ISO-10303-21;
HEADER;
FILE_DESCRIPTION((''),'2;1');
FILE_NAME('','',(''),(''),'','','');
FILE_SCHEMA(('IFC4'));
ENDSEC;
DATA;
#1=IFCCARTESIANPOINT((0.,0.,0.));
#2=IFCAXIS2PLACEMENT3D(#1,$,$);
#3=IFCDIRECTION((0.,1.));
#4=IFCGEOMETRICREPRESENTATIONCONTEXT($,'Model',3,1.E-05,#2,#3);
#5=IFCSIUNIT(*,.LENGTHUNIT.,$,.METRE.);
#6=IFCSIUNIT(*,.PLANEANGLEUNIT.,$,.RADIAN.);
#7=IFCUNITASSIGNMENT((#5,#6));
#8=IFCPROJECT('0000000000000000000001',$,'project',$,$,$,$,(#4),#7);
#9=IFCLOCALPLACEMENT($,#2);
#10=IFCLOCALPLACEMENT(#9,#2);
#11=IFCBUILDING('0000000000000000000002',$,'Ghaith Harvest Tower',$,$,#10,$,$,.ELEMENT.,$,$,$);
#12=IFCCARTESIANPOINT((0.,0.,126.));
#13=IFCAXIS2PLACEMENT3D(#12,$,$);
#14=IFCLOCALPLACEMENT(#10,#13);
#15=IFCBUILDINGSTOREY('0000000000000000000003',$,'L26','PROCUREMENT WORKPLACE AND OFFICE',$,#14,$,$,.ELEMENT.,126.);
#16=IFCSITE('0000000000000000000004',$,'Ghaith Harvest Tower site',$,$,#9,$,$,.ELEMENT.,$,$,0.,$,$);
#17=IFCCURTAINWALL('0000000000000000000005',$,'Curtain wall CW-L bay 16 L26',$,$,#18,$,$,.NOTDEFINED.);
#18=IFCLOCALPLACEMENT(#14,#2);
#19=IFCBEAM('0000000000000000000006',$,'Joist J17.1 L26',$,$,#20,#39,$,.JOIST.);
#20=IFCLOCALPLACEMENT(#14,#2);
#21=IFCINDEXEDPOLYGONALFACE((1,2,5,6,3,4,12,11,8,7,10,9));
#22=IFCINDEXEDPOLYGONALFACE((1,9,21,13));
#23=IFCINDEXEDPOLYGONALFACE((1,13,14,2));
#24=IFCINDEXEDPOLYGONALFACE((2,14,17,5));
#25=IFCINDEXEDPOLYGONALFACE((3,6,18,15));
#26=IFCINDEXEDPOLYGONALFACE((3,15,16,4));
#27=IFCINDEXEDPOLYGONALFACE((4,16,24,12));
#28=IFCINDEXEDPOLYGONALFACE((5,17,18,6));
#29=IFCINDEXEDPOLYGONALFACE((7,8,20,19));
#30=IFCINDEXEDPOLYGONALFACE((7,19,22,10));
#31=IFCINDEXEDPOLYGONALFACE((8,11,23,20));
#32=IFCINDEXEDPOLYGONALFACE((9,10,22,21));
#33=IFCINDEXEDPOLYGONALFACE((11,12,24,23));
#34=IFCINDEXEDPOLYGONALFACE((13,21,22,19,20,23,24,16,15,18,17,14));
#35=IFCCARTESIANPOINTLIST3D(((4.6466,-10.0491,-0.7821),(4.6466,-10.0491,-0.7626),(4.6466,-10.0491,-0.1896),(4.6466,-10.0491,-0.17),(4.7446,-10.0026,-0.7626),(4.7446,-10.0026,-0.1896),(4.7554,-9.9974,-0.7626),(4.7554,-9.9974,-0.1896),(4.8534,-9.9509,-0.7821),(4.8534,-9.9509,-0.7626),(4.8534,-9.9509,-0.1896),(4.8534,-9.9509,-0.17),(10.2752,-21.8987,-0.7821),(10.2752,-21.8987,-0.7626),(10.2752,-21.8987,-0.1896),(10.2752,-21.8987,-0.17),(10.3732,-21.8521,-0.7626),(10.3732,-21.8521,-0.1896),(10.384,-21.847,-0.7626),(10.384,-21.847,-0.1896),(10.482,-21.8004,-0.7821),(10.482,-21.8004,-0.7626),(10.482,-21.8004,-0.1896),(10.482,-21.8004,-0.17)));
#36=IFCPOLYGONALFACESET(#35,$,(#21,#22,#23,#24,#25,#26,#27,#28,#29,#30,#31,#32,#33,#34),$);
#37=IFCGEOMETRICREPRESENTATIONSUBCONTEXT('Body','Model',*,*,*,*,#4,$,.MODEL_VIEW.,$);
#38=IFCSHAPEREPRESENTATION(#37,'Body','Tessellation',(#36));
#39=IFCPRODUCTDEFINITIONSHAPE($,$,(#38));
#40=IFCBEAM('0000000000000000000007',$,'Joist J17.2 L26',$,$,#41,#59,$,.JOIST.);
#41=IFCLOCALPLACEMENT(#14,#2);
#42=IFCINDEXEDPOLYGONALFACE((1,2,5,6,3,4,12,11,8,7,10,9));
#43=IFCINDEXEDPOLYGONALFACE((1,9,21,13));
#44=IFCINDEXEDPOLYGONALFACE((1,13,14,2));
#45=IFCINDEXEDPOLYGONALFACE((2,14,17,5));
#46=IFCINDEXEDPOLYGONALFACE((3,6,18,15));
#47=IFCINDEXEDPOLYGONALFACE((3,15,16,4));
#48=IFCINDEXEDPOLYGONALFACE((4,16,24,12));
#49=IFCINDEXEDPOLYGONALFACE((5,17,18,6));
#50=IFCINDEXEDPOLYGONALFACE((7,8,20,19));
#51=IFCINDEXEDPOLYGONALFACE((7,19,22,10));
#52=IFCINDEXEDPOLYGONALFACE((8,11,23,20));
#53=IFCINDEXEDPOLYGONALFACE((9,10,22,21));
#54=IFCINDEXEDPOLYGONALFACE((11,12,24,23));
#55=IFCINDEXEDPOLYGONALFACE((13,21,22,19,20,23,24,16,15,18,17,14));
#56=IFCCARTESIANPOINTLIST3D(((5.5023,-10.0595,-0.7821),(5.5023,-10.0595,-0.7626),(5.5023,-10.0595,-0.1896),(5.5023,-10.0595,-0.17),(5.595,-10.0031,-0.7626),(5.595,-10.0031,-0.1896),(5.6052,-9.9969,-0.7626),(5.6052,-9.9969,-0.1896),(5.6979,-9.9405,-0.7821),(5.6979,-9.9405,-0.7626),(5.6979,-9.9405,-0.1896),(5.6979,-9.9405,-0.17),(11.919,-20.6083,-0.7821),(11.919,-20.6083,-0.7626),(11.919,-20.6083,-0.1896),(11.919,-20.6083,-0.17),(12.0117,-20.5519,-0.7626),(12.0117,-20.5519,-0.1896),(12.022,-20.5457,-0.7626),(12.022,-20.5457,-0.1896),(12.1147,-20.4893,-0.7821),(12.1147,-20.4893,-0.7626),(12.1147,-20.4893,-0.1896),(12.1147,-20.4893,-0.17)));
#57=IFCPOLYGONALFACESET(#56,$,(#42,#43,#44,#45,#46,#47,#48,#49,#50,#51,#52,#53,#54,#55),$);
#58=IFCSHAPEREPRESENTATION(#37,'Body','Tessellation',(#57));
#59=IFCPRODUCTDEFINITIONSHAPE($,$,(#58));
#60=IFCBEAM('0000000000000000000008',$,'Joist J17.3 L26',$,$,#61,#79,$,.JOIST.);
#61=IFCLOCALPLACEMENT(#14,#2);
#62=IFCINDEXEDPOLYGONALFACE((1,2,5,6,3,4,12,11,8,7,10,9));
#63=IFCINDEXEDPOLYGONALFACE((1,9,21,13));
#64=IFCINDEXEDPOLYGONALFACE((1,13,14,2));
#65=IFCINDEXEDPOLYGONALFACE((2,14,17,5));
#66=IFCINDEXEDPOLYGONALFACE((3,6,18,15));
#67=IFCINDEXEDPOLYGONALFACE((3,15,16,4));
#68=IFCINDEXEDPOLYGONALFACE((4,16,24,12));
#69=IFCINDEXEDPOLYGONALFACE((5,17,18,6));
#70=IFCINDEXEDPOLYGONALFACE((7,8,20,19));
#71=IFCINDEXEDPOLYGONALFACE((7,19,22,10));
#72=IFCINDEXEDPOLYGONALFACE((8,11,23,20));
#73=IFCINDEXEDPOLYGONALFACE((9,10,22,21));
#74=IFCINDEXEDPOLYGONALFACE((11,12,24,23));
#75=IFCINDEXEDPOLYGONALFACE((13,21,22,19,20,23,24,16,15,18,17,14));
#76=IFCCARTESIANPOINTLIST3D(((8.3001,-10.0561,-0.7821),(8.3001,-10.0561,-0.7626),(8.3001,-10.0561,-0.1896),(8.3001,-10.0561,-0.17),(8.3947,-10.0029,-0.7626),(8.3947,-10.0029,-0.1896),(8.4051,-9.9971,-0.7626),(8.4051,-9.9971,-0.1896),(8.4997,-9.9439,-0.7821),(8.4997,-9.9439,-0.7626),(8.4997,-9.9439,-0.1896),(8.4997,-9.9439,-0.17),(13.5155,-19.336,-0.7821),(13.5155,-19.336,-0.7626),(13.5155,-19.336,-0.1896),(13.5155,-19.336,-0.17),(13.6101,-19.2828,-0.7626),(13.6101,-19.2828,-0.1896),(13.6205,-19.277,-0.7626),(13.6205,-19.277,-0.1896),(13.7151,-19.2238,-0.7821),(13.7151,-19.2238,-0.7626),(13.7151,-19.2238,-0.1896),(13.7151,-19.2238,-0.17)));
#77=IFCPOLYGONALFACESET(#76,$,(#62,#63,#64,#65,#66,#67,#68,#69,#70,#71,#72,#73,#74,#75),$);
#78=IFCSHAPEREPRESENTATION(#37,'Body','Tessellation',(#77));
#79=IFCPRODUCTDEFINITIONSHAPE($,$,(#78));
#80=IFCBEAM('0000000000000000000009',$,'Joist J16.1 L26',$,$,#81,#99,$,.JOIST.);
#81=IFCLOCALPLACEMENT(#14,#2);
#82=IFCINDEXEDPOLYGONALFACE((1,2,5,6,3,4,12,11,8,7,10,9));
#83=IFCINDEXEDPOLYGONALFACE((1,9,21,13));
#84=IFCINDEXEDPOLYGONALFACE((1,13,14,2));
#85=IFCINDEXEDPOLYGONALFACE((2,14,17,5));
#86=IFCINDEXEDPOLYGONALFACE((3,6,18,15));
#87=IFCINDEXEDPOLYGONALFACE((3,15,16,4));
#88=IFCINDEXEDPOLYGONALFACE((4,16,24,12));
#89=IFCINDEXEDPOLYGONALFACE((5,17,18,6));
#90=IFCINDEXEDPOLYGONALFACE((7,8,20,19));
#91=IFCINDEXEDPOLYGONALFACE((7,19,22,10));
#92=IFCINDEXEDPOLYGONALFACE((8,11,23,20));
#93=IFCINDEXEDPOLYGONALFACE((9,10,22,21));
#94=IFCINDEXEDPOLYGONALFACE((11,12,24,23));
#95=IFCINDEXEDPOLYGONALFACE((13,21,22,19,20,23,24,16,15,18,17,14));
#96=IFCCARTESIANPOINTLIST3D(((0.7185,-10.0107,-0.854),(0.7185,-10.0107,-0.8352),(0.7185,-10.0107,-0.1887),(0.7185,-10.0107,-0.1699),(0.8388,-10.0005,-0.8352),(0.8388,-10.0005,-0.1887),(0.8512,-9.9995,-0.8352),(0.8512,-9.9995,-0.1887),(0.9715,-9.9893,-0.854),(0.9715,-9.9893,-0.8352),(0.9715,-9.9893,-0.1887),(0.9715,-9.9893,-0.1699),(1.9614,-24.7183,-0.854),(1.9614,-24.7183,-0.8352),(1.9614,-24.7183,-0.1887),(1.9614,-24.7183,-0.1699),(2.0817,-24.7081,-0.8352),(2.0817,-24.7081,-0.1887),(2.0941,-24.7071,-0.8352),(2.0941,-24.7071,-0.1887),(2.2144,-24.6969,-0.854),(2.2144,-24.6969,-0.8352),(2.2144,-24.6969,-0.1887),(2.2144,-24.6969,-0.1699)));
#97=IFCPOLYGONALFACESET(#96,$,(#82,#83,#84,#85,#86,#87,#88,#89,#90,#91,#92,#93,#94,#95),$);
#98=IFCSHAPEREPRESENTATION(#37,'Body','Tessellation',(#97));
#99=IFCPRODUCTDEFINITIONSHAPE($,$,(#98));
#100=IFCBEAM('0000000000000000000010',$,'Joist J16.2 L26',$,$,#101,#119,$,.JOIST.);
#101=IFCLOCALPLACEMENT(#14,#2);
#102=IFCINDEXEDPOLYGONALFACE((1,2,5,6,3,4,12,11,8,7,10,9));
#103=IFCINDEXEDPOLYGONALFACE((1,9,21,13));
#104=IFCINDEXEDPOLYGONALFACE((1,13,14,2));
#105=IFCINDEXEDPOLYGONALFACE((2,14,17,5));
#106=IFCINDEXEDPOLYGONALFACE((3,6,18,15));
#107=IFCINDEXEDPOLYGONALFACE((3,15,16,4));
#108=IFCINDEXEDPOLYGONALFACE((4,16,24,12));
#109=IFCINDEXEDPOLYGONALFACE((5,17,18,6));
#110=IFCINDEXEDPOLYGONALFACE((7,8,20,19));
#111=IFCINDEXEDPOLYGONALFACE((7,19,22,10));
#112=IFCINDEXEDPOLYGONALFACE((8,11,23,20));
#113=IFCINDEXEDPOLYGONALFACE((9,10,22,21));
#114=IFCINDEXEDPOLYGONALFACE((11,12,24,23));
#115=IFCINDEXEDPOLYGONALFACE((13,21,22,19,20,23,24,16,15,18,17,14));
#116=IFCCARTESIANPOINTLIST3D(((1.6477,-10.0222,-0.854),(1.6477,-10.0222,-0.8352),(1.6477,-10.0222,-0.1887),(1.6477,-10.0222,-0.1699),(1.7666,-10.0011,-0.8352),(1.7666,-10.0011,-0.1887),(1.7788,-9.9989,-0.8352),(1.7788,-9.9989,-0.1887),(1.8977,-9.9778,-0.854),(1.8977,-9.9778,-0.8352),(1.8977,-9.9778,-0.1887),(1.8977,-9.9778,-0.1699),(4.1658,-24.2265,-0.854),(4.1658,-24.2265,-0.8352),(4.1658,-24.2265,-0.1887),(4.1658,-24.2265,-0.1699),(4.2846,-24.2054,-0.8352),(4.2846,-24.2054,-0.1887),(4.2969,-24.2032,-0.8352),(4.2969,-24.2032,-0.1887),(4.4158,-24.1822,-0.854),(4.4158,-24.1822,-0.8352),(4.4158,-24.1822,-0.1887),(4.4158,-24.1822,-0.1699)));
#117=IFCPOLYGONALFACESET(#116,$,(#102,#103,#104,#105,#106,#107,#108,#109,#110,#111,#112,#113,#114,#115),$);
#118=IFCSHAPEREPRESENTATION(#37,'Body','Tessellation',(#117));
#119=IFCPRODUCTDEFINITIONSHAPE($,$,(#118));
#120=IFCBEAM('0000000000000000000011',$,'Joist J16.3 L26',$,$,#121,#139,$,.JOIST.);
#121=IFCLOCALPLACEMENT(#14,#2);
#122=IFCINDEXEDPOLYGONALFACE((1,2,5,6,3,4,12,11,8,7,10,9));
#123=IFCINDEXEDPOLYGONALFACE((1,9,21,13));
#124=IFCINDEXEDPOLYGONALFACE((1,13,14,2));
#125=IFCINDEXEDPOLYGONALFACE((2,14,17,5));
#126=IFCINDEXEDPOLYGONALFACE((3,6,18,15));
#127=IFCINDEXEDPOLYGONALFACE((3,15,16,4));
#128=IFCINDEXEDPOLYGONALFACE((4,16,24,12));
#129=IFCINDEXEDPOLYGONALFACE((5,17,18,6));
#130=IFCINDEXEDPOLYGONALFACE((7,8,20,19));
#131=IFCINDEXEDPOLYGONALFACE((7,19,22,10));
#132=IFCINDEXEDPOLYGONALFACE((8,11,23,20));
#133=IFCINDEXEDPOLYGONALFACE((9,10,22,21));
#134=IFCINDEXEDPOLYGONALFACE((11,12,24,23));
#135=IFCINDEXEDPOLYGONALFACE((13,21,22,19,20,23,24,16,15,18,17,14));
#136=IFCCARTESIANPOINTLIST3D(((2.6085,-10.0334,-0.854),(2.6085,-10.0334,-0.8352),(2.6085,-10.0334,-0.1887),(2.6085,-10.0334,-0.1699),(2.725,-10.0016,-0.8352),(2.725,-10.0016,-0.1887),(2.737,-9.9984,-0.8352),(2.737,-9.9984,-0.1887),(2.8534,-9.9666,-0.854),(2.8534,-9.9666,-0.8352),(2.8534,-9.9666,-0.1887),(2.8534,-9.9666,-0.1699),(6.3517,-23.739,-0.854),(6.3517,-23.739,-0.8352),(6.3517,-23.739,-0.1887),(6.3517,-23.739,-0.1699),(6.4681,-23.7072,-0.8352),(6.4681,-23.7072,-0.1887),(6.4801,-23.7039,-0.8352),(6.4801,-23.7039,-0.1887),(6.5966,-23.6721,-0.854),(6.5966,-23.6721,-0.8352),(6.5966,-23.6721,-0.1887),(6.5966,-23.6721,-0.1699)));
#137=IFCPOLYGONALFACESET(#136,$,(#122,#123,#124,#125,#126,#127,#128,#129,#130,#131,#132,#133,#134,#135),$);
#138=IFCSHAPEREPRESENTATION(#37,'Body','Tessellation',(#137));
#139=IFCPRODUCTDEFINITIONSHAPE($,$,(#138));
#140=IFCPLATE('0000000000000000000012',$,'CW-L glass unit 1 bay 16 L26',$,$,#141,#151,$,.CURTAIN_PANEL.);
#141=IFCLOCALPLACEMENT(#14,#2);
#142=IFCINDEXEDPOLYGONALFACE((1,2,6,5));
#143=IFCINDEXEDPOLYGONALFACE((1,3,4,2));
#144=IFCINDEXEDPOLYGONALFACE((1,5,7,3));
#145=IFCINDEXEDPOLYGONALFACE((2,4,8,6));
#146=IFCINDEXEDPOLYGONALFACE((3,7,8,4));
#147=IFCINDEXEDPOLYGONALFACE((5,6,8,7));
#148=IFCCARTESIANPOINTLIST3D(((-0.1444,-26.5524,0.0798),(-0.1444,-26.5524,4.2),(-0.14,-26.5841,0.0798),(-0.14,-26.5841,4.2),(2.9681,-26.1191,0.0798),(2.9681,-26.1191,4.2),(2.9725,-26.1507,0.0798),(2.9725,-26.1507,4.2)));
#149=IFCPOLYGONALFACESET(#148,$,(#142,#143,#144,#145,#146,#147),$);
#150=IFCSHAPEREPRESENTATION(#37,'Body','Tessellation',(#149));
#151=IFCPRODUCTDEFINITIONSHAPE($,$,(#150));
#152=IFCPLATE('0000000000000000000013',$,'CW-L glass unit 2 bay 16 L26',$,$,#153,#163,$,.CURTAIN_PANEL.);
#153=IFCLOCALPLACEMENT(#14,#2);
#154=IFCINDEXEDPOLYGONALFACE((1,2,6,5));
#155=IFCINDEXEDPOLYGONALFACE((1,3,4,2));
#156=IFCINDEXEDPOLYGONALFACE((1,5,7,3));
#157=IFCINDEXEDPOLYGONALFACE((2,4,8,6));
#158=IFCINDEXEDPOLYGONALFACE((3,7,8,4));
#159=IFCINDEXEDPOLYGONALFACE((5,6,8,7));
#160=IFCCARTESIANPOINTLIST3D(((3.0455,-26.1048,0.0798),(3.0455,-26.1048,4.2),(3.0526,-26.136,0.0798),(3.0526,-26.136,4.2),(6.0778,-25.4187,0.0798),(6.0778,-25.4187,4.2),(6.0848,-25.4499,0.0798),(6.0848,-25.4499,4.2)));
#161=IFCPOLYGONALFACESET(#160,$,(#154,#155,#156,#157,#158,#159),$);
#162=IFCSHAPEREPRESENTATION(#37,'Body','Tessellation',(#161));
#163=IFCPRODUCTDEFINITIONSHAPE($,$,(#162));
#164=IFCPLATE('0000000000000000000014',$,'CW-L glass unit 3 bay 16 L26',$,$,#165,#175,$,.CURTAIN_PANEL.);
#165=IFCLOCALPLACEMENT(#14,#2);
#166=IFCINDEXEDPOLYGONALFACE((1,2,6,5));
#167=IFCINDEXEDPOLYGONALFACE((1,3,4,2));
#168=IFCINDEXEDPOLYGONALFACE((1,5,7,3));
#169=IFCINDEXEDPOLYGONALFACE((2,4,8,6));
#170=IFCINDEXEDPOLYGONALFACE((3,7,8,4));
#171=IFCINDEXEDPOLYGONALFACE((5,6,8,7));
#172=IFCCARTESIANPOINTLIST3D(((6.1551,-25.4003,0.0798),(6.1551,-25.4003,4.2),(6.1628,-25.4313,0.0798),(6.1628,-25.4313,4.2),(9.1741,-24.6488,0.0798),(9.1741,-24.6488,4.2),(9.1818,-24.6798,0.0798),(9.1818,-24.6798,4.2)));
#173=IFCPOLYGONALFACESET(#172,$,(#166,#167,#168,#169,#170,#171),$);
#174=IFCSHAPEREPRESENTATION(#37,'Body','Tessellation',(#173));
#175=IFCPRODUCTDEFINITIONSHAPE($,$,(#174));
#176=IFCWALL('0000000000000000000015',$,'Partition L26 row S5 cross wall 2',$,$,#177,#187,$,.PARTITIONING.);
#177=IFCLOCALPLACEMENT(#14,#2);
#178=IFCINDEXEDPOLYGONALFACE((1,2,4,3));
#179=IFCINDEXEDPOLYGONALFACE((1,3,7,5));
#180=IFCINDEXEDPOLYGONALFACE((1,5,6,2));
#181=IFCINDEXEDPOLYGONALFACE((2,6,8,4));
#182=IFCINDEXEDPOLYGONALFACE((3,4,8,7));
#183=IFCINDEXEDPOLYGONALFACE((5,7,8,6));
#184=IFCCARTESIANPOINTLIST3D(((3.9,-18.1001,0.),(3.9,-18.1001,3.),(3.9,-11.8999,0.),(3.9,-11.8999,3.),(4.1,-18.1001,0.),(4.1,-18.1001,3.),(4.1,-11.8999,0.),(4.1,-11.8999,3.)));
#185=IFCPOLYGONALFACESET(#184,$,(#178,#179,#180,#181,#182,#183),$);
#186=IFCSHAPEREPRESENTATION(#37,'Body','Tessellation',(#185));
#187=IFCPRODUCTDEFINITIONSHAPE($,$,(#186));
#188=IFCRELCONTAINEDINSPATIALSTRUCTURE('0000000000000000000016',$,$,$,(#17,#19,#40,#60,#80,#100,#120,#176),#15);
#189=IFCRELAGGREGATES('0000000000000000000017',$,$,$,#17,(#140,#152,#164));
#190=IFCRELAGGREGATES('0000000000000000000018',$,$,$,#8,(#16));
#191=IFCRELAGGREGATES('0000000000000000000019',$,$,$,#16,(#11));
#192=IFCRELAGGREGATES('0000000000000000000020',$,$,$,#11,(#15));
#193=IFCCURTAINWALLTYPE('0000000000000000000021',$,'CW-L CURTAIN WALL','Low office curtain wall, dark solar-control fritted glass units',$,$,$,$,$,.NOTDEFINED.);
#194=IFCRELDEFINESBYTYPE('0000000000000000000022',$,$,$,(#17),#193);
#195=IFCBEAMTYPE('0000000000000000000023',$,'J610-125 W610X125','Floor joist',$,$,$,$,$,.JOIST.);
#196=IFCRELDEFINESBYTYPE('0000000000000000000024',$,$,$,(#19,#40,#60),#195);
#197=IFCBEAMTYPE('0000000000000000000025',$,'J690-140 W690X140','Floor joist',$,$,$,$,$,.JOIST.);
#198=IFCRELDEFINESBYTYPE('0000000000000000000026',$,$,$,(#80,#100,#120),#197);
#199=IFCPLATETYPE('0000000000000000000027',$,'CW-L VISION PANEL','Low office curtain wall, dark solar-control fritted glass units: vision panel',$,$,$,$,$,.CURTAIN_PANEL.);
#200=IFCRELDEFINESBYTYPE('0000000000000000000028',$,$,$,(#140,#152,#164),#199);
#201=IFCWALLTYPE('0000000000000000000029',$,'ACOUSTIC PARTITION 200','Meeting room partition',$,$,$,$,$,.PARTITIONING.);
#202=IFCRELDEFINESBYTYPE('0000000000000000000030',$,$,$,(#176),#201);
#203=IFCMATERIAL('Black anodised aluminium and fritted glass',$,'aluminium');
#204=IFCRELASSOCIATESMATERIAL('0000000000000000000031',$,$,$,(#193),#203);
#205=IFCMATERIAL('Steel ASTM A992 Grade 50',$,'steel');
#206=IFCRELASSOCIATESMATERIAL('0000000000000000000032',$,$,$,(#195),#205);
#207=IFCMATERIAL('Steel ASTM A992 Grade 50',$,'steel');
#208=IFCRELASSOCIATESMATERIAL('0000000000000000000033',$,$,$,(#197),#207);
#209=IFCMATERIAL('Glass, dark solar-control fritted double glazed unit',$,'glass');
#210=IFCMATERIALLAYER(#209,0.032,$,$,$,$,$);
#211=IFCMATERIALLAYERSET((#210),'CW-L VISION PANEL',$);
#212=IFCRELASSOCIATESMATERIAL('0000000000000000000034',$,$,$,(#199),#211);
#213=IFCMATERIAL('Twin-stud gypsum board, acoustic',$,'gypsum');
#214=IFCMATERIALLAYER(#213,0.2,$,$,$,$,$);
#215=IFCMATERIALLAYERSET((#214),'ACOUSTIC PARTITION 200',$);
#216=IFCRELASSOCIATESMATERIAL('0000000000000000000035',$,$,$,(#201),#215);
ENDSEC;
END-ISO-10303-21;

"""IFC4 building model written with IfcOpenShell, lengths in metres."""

from ifc_helpers import new_model, si_unit, direction, frame, frame_2d, origin, origin_2d, place, context, subcontext, project, spatial, rectangle, i_section, extrude, material, layer, layer_set, material_profile, profile_set, type_object, element, aggregate, save


model = new_model("IFC4")

# Units and contexts
model_context = context("Model", 3, precision=1e-05, world=origin(), true_north=direction((0.0, 1.0)))
body_context = subcontext(model_context, "Body", "Model", "MODEL_VIEW")
ifc_project = project(units=[si_unit("LENGTHUNIT", "METRE"), si_unit("PLANEANGLEUNIT", "RADIAN")], contexts=[model_context])

# Site, building, storey
site_placement = place(None, origin())
site = spatial("IfcSite", under=ifc_project, at=site_placement, Name="Ghaith Harvest Tower site", CompositionType="ELEMENT", RefElevation=0.0)
building_placement = place(site_placement, origin())
building = spatial("IfcBuilding", under=site, at=building_placement, Name="Ghaith Harvest Tower", CompositionType="ELEMENT")
storey_placement = place(building_placement, frame((0.0, 0.0, 126.0)))
storey = spatial("IfcBuildingStorey", under=building, at=storey_placement, Name="L26", Description="PROCUREMENT WORKPLACE AND OFFICE", CompositionType="ELEMENT", Elevation=126.0)

# Curtain wall
ifc_material_1 = material(Name="Black anodised aluminium and fritted glass", Category="aluminium")
curtain_wall_type = type_object("IfcCurtainWallType", Name="CW-L CURTAIN WALL", Description="Low office curtain wall, dark solar-control fritted glass units", PredefinedType="NOTDEFINED", material=ifc_material_1)
curtain_wall_1_placement = place(storey_placement, origin())
curtain_wall_1 = element("IfcCurtainWall", 1, at=curtain_wall_1_placement, inside=storey, type_object=curtain_wall_type, Name="Curtain wall CW-L bay 16 L26", PredefinedType="NOTDEFINED")

# Beams
ifc_material_2 = material(Name="Steel ASTM A992 Grade 50", Category="steel")
ifc_material_profile_1 = material_profile(ifc_material_2, i_section(OverallWidth=0.229, OverallDepth=0.6121, WebThickness=0.012, FlangeThickness=0.0195, at=origin_2d()), Name="W610X125")
ifc_profile_set_1 = profile_set([ifc_material_profile_1], Name="Steel ASTM A992 Grade 50")
beam_type_1 = type_object("IfcBeamType", Name="J610-125 W610X125", Description="Floor joist", PredefinedType="JOIST", material=ifc_profile_set_1)
beam_1_placement = place(storey_placement, frame((4.75, -10.0, -0.4761), z_axis=(0.429063, -0.903275, 0.0), x_axis=(0.903275, 0.429063, 0.0)))
element("IfcBeam", 2, at=beam_1_placement, inside=storey, type_object=beam_type_1, Name="Joist J17.1 L26", PredefinedType="JOIST", context=body_context, shape_type="SweptSolid", body=[
    extrude(i_section(OverallWidth=0.229, OverallDepth=0.6121, WebThickness=0.012, FlangeThickness=0.0195, at=origin_2d()), origin(), (0.0, 0.0, 1.0), 13.1184),
])
beam_2_placement = place(storey_placement, frame((5.6001, -10.0, -0.4761), z_axis=(0.519694, -0.854352, 0.0), x_axis=(0.854352, 0.519694, 0.0)))
element("IfcBeam", 3, at=beam_2_placement, inside=storey, type_object=beam_type_1, Name="Joist J17.2 L26", PredefinedType="JOIST", context=body_context, shape_type="SweptSolid", body=[
    extrude(i_section(OverallWidth=0.229, OverallDepth=0.6121, WebThickness=0.012, FlangeThickness=0.0195, at=origin_2d()), origin(), (0.0, 0.0, 1.0), 12.3472),
])
beam_3_placement = place(storey_placement, frame((8.3999, -10.0, -0.4761), z_axis=(0.489937, -0.871758, 0.0), x_axis=(0.871758, 0.489937, 0.0)))
element("IfcBeam", 4, at=beam_3_placement, inside=storey, type_object=beam_type_1, Name="Joist J17.3 L26", PredefinedType="JOIST", context=body_context, shape_type="SweptSolid", body=[
    extrude(i_section(OverallWidth=0.229, OverallDepth=0.6121, WebThickness=0.012, FlangeThickness=0.0195, at=origin_2d()), origin(), (0.0, 0.0, 1.0), 10.645),
])
ifc_material_3 = material(Name="Steel ASTM A992 Grade 50", Category="steel")
ifc_material_profile_2 = material_profile(ifc_material_3, i_section(OverallWidth=0.2539, OverallDepth=0.6841, WebThickness=0.0125, FlangeThickness=0.0188, at=origin_2d()), Name="W690X140")
ifc_profile_set_2 = profile_set([ifc_material_profile_2], Name="Steel ASTM A992 Grade 50")
beam_type_2 = type_object("IfcBeamType", Name="J690-140 W690X140", Description="Floor joist", PredefinedType="JOIST", material=ifc_profile_set_2)
beam_4_placement = place(storey_placement, frame((0.845, -10.0, -0.512), z_axis=(0.084209, -0.996448, 0.0), x_axis=(0.996448, 0.084209, 0.0)))
element("IfcBeam", 5, at=beam_4_placement, inside=storey, type_object=beam_type_2, Name="Joist J16.1 L26", PredefinedType="JOIST", context=body_context, shape_type="SweptSolid", body=[
    extrude(i_section(OverallWidth=0.2539, OverallDepth=0.6841, WebThickness=0.0125, FlangeThickness=0.0188, at=origin_2d()), origin(), (0.0, 0.0, 1.0), 14.76),
])
beam_5_placement = place(storey_placement, frame((1.7727, -10.0, -0.512), z_axis=(0.174553, -0.984648, 0.0), x_axis=(0.984648, 0.174553, 0.0)))
element("IfcBeam", 6, at=beam_5_placement, inside=storey, type_object=beam_type_2, Name="Joist J16.2 L26", PredefinedType="JOIST", context=body_context, shape_type="SweptSolid", body=[
    extrude(i_section(OverallWidth=0.2539, OverallDepth=0.6841, WebThickness=0.0125, FlangeThickness=0.0188, at=origin_2d()), origin(), (0.0, 0.0, 1.0), 14.4258),
])
beam_6_placement = place(storey_placement, frame((2.731, -10.0, -0.512), z_axis=(0.263463, -0.964669, 0.0), x_axis=(0.964669, 0.263463, 0.0)))
element("IfcBeam", 7, at=beam_6_placement, inside=storey, type_object=beam_type_2, Name="Joist J16.3 L26", PredefinedType="JOIST", context=body_context, shape_type="SweptSolid", body=[
    extrude(i_section(OverallWidth=0.2539, OverallDepth=0.6841, WebThickness=0.0125, FlangeThickness=0.0188, at=origin_2d()), origin(), (0.0, 0.0, 1.0), 14.2075),
])

# Plates
ifc_material_4 = material(Name="Glass, dark solar-control fritted double glazed unit", Category="glass")
ifc_layer_1 = layer(ifc_material_4, 0.032)
ifc_layer_set_1 = layer_set([ifc_layer_1], Name="CW-L VISION PANEL")
plate_type = type_object("IfcPlateType", Name="CW-L VISION PANEL", Description="Low office curtain wall, dark solar-control fritted glass units: vision panel", PredefinedType="CURTAIN_PANEL", material=ifc_layer_set_1)
plate_1_placement = place(storey_placement, frame((1.4141, -26.3516, 0.0798), z_axis=(0.0, 0.0, 1.0), x_axis=(0.990448, 0.137886, 0.0)))
plate_1 = element("IfcPlate", 8, at=plate_1_placement, type_object=plate_type, Name="CW-L glass unit 1 bay 16 L26", PredefinedType="CURTAIN_PANEL", context=body_context, shape_type="SweptSolid", body=[
    extrude(rectangle(XDim=3.1426, YDim=0.032, at=origin_2d()), origin(), (0.0, 0.0, 1.0), 4.1201),
])
plate_2_placement = place(storey_placement, frame((4.5652, -25.7773, 0.0798), z_axis=(0.0, 0.0, 1.0), x_axis=(0.975342, 0.2207, 0.0)))
plate_2 = element("IfcPlate", 9, at=plate_2_placement, type_object=plate_type, Name="CW-L glass unit 2 bay 16 L26", PredefinedType="CURTAIN_PANEL", context=body_context, shape_type="SweptSolid", body=[
    extrude(rectangle(XDim=3.1089, YDim=0.032, at=origin_2d()), origin(), (0.0, 0.0, 1.0), 4.1201),
])
plate_3_placement = place(storey_placement, frame((7.6685, -25.04, 0.0798), z_axis=(0.0, 0.0, 1.0), x_axis=(0.970384, 0.241566, 0.0)))
plate_3 = element("IfcPlate", 10, at=plate_3_placement, type_object=plate_type, Name="CW-L glass unit 3 bay 16 L26", PredefinedType="CURTAIN_PANEL", context=body_context, shape_type="SweptSolid", body=[
    extrude(rectangle(XDim=3.1111, YDim=0.032, at=origin_2d()), origin(), (0.0, 0.0, 1.0), 4.1201),
])
aggregate(curtain_wall_1, [plate_1, plate_2, plate_3])

# Wall
ifc_material_5 = material(Name="Twin-stud gypsum board, acoustic", Category="gypsum")
ifc_layer_2 = layer(ifc_material_5, 0.2)
ifc_layer_set_2 = layer_set([ifc_layer_2], Name="ACOUSTIC PARTITION 200")
wall_type_1 = type_object("IfcWallType", Name="ACOUSTIC PARTITION 200", Description="Meeting room partition", PredefinedType="PARTITIONING", material=ifc_layer_set_2)
wall_1_placement = place(storey_placement, frame((4.0, -11.8999, 0.0), z_axis=(0.0, 0.0, 1.0), x_axis=(0.0, -1.0, 0.0)))
element("IfcWall", 11, at=wall_1_placement, inside=storey, type_object=wall_type_1, Name="Partition L26 row S5 cross wall 2", PredefinedType="PARTITIONING", context=body_context, shape_type="SweptSolid", body=[
    extrude(rectangle(XDim=6.2002, YDim=0.2, at=frame_2d((3.1001, 0.0))), origin(), (0.0, 0.0, 1.0), 3.0),
])

save(model, "model.ifc")
